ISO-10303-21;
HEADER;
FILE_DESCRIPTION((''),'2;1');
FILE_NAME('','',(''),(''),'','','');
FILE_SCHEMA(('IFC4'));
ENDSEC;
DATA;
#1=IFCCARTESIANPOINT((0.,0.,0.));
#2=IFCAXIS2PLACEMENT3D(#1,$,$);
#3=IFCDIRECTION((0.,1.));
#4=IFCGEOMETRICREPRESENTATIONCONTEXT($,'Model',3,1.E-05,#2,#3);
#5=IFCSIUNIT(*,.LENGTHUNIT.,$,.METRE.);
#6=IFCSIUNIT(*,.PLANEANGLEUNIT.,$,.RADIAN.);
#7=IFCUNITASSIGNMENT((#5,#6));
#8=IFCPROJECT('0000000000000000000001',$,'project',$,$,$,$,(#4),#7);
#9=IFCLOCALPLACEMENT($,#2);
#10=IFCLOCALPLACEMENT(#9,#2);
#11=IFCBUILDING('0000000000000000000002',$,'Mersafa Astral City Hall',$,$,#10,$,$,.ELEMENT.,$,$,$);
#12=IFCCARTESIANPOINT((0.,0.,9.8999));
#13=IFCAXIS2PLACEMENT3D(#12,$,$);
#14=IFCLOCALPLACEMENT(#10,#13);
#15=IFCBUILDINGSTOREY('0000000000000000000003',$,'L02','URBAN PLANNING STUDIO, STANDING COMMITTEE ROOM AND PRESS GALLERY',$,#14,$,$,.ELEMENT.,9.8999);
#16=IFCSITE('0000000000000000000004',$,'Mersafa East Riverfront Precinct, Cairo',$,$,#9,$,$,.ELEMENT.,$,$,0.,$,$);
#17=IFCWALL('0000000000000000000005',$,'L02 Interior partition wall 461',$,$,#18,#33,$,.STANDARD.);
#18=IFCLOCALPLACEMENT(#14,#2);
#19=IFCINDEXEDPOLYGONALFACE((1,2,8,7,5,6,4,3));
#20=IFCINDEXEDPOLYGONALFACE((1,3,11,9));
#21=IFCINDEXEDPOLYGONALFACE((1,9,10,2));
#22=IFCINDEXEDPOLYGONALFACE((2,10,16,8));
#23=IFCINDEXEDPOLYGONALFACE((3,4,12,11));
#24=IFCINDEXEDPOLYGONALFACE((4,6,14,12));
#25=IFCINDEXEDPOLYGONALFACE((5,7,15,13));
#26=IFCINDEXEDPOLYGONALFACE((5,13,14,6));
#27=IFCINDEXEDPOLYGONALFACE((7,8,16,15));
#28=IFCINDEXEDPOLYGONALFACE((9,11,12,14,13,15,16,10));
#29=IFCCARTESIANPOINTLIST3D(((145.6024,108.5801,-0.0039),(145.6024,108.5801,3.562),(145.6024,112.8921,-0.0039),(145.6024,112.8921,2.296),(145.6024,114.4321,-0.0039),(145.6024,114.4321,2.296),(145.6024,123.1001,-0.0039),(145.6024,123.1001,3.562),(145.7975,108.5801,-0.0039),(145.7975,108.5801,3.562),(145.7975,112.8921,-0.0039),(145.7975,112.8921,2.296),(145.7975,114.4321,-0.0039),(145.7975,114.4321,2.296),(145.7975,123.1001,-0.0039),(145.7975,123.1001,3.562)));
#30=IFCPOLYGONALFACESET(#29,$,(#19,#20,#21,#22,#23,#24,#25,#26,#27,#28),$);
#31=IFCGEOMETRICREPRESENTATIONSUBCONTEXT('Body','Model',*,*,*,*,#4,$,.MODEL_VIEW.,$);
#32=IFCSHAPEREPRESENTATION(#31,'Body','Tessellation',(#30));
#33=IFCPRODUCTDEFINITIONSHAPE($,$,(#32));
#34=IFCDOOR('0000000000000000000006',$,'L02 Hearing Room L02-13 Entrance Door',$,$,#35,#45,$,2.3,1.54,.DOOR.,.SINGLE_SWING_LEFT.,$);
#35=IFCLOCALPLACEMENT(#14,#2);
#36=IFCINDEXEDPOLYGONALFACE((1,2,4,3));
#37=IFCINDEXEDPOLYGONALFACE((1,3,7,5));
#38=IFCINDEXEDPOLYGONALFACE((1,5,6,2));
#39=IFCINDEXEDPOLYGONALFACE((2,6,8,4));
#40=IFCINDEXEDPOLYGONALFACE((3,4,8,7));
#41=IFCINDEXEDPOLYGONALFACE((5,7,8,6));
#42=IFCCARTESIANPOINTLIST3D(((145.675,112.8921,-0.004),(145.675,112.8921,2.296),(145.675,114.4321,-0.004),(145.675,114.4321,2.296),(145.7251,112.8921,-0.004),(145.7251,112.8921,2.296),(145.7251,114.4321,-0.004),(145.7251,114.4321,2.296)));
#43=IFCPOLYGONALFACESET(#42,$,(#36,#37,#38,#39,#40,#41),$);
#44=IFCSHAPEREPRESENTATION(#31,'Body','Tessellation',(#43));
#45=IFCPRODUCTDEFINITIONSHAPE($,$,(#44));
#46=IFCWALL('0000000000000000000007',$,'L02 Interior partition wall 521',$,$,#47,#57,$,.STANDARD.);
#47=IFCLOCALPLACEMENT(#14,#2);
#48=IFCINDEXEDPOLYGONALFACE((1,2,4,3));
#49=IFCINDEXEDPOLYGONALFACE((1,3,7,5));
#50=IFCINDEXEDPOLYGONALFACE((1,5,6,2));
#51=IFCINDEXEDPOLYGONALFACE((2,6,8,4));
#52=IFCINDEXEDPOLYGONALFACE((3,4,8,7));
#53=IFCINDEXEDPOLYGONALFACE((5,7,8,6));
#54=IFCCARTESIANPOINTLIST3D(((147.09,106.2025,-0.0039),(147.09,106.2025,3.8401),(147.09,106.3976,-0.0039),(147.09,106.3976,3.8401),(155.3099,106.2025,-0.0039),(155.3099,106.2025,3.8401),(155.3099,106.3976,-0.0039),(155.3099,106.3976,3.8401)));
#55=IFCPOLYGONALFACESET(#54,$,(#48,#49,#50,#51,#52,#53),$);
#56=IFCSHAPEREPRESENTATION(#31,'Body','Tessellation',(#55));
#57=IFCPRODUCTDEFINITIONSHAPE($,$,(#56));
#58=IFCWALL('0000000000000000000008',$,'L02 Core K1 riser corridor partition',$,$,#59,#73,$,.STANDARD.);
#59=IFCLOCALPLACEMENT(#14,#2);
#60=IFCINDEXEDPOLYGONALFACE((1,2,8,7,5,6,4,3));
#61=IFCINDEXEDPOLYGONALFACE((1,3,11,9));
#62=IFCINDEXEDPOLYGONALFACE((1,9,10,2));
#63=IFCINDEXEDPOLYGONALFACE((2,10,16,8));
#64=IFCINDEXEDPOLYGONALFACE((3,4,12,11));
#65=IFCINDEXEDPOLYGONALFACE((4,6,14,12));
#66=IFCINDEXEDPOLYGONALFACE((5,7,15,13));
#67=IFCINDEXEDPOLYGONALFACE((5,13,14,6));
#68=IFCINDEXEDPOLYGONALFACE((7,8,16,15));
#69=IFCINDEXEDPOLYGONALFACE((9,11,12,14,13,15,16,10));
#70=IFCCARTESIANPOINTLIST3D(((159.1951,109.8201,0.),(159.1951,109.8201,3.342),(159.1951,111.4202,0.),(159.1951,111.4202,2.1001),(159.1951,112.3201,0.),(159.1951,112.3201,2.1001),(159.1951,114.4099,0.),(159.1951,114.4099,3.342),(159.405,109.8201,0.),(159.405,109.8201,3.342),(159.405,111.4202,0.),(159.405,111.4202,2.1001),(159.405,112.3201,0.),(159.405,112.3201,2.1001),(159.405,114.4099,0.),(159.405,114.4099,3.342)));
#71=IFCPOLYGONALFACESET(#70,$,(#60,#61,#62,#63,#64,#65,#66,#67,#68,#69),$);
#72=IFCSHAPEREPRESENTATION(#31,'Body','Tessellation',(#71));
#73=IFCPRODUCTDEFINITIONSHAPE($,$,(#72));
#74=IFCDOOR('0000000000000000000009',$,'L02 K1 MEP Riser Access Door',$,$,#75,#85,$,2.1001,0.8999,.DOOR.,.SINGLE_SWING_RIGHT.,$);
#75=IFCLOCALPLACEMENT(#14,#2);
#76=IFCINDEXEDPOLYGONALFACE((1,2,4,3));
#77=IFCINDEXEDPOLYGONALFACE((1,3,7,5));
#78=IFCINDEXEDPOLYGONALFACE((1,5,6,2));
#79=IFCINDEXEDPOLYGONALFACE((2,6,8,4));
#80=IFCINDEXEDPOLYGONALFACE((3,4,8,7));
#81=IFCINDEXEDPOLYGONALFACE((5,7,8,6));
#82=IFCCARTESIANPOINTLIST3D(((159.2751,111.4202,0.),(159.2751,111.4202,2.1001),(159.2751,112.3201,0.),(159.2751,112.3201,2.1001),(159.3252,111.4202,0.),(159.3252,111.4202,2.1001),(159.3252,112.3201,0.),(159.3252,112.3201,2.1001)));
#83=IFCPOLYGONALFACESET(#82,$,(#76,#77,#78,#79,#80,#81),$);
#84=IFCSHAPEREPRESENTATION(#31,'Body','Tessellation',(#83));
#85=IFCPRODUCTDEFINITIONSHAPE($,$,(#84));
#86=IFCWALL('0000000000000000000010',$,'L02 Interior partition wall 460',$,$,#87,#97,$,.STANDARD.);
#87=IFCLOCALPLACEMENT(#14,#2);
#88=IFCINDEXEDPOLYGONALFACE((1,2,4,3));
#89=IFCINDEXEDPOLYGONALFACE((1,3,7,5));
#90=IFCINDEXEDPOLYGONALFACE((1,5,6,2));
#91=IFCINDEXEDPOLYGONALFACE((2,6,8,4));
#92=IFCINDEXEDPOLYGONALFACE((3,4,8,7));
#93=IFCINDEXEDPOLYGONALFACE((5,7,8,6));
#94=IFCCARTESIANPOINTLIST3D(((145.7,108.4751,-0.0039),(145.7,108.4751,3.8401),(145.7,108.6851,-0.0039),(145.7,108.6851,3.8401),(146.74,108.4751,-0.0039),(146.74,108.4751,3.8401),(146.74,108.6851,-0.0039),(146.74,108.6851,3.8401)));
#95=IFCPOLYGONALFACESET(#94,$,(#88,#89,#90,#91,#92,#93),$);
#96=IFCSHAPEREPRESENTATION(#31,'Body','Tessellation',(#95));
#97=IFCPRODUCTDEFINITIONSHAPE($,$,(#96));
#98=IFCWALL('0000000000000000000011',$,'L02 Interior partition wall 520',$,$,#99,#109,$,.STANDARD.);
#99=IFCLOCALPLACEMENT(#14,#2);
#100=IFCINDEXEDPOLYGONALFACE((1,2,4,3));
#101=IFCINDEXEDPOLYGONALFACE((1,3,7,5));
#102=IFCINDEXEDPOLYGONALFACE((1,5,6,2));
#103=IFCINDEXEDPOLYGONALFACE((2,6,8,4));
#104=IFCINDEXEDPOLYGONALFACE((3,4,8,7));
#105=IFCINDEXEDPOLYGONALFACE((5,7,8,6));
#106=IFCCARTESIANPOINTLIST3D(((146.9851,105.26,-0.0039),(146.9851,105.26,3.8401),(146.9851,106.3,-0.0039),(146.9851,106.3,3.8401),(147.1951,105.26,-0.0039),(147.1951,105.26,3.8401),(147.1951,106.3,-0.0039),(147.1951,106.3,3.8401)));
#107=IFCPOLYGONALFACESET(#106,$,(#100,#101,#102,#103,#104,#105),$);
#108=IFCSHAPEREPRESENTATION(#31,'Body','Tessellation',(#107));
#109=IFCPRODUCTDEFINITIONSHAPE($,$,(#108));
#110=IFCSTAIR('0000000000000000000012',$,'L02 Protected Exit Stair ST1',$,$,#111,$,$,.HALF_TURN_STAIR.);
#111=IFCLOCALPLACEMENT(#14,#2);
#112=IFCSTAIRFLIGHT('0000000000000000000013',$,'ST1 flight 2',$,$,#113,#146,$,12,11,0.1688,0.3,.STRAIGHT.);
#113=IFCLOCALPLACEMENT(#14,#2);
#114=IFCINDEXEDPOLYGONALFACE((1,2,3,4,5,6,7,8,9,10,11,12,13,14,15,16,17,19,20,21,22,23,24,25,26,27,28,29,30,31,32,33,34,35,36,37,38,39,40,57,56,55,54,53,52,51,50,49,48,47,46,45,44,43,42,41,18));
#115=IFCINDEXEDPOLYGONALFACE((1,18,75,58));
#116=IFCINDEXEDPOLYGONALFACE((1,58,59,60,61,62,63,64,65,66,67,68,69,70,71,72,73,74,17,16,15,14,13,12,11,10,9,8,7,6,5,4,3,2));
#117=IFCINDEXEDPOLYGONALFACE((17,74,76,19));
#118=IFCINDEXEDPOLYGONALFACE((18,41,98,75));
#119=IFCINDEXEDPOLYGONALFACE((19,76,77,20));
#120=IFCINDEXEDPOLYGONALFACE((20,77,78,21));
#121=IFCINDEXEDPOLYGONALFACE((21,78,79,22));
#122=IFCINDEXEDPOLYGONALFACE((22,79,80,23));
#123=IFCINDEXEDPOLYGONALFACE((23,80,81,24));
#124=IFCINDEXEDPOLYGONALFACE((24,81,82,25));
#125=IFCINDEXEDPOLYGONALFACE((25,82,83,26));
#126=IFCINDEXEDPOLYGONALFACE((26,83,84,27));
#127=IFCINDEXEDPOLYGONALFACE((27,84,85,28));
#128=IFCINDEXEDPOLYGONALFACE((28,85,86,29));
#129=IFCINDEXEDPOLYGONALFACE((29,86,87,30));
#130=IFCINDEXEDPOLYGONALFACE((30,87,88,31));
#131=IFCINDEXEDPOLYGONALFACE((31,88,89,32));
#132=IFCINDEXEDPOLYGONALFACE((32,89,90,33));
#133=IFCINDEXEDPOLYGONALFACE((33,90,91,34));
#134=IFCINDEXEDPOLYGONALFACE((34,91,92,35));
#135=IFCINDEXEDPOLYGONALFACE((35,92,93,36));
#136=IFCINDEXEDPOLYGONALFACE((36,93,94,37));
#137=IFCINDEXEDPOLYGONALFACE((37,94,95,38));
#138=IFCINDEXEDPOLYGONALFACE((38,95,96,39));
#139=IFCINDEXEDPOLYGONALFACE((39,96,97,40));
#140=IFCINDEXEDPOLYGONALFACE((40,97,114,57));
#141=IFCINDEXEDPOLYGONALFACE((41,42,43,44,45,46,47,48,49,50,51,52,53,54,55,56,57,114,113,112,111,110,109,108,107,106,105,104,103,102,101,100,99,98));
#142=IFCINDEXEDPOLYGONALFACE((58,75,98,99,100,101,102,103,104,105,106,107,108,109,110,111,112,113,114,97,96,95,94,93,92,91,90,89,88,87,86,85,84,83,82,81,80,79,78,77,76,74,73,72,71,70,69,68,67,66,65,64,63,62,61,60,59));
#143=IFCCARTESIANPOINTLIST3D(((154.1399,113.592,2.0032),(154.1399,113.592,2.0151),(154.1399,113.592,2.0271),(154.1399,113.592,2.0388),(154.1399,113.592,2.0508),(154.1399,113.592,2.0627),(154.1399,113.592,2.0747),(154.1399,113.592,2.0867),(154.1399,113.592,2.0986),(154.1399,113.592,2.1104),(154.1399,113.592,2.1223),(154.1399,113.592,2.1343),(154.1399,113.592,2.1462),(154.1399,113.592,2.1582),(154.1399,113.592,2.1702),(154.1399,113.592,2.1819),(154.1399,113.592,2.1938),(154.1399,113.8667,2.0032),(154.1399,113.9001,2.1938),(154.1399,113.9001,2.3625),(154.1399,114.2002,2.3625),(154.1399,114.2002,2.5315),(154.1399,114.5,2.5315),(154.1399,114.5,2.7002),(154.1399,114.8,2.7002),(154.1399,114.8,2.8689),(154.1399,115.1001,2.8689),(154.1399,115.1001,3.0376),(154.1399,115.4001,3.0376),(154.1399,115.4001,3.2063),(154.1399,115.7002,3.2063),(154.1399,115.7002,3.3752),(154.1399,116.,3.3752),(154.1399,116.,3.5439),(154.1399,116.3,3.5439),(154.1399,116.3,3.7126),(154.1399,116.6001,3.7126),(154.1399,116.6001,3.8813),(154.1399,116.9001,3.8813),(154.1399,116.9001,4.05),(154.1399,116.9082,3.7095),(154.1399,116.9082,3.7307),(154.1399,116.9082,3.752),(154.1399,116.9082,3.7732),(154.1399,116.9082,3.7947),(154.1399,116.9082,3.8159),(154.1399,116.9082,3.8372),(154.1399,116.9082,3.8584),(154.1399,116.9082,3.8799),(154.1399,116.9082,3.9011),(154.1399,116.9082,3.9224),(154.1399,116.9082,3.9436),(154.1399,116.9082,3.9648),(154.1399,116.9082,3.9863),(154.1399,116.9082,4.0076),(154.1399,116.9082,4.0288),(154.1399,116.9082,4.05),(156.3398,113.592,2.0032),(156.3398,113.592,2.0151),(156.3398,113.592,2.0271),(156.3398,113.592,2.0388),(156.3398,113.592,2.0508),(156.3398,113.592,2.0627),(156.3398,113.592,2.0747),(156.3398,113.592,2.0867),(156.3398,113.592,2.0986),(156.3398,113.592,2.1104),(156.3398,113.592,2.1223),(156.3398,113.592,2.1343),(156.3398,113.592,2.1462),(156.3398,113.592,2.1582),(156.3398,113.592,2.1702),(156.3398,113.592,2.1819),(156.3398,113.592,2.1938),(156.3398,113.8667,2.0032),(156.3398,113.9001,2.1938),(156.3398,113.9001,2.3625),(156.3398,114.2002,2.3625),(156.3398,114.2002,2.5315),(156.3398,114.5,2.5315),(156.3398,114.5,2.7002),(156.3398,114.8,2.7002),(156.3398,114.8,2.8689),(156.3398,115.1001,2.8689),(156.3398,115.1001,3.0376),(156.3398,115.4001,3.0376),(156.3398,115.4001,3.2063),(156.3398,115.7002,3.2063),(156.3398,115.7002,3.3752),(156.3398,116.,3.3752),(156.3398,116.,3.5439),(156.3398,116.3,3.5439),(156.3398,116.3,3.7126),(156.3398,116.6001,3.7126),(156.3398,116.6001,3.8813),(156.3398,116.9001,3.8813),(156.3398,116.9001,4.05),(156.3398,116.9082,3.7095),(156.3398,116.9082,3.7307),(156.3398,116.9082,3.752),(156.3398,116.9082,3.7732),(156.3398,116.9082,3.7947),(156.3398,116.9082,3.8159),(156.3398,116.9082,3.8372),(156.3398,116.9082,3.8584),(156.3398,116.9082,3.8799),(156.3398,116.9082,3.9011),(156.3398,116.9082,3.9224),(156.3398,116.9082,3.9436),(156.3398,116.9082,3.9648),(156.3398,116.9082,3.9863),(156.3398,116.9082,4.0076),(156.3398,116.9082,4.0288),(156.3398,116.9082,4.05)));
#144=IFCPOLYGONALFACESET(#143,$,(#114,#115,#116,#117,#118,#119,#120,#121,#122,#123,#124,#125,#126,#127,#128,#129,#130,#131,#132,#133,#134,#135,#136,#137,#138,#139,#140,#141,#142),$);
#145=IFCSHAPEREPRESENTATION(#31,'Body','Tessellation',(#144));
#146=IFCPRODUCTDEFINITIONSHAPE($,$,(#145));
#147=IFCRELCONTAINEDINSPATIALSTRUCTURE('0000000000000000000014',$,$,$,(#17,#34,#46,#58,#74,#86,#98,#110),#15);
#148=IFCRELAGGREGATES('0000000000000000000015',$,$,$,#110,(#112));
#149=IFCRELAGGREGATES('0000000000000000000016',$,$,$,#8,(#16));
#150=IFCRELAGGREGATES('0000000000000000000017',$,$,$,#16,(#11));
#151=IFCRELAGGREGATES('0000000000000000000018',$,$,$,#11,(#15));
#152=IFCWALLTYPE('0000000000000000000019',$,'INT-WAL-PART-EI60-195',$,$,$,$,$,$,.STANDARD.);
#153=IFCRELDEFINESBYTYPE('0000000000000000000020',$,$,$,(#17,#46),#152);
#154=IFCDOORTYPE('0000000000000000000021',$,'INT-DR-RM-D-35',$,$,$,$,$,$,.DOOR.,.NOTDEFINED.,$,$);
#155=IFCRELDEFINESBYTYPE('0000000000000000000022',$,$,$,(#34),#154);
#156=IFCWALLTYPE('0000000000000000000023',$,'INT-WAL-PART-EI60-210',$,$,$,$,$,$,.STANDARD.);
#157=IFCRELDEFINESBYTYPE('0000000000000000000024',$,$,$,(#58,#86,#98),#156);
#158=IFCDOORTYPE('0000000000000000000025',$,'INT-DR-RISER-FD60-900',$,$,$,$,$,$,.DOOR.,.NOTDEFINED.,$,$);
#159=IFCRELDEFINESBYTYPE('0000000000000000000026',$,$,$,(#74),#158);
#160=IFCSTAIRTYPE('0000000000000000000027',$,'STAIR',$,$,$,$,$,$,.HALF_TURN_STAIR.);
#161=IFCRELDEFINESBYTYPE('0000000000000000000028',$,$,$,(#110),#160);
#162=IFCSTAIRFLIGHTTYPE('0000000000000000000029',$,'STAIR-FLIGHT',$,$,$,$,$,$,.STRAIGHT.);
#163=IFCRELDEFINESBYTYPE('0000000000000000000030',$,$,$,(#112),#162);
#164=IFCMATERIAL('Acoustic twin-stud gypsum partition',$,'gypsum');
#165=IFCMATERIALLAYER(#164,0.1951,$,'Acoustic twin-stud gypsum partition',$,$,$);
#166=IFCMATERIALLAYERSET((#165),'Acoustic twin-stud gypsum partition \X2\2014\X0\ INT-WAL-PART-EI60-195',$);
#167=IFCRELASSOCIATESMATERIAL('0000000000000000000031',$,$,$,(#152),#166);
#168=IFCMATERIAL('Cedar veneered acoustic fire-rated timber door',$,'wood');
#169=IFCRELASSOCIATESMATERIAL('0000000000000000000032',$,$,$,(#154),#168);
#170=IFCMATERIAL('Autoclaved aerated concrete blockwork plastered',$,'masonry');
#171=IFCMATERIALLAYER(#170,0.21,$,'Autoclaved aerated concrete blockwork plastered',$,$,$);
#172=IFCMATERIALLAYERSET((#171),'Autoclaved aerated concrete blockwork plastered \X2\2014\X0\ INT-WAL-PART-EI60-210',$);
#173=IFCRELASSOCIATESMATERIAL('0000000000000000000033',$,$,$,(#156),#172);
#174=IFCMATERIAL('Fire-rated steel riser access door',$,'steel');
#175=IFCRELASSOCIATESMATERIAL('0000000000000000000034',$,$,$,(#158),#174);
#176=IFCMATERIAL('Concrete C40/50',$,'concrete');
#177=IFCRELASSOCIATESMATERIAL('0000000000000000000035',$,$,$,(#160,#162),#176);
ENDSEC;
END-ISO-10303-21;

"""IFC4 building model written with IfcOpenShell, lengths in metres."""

from ifc_helpers import new_model, si_unit, direction, frame, frame_2d, origin, place, context, subcontext, project, spatial, polyline, rectangle, outline, extrude, material, layer, layer_set, type_object, element, fill, aggregate, save


model = new_model("IFC4")

# Units and contexts
model_context = context("Model", 3, precision=1e-05, world=origin(), true_north=direction((0.0, 1.0)))
body_context = subcontext(model_context, "Body", "Model", "MODEL_VIEW")
ifc_project = project(units=[si_unit("LENGTHUNIT", "METRE"), si_unit("PLANEANGLEUNIT", "RADIAN")], contexts=[model_context])

# Site, building, storey
site_placement = place(None, origin())
site = spatial("IfcSite", under=ifc_project, at=site_placement, Name="Mersafa East Riverfront Precinct, Cairo", CompositionType="ELEMENT", RefElevation=0.0)
building_placement = place(site_placement, origin())
building = spatial("IfcBuilding", under=site, at=building_placement, Name="Mersafa Astral City Hall", CompositionType="ELEMENT")
storey_placement = place(building_placement, frame((0.0, 0.0, 9.8999)))
storey = spatial("IfcBuildingStorey", under=building, at=storey_placement, Name="L02", Description="URBAN PLANNING STUDIO, STANDING COMMITTEE ROOM AND PRESS GALLERY", CompositionType="ELEMENT", Elevation=9.8999)

# Shared definitions
ifc_material_1 = material(Name="Concrete C40/50", Category="concrete")

# Wall, opening, door
ifc_material_2 = material(Name="Acoustic twin-stud gypsum partition", Category="gypsum")
ifc_layer_1 = layer(ifc_material_2, 0.1951, Name="Acoustic twin-stud gypsum partition")
ifc_layer_set_1 = layer_set([ifc_layer_1], Name="Acoustic twin-stud gypsum partition — INT-WAL-PART-EI60-195")
wall_type_1 = type_object("IfcWallType", Name="INT-WAL-PART-EI60-195", PredefinedType="STANDARD", material=ifc_layer_set_1)
wall_1_placement = place(storey_placement, frame((145.7, 108.5801, -0.0039), z_axis=(0.0, 0.0, 1.0), x_axis=(0.0, 1.0, 0.0)))
wall_1 = element("IfcWall", 1, at=wall_1_placement, inside=storey, type_object=wall_type_1, Name="L02 Interior partition wall 461", PredefinedType="STANDARD", context=body_context, shape_type="SweptSolid", body=[
    extrude(rectangle(XDim=14.52, YDim=0.1951, at=frame_2d((7.26, 0.0))), origin(), (0.0, 0.0, 1.0), 3.5659),
])
opening_1_placement = place(wall_1_placement, frame((4.312, 0.0, 0.0)))
opening_1 = element("IfcOpeningElement", 2, at=opening_1_placement, cuts=wall_1, PredefinedType="OPENING", context=body_context, shape_type="SweptSolid", body=[
    extrude(rectangle(XDim=1.54, YDim=2.3, at=frame_2d((0.77, 1.1499))), frame((0.0, 0.1074, 0.0), z_axis=(0.0, -1.0, 0.0), x_axis=(1.0, 0.0, 0.0)), (0.0, 0.0, 1.0), 0.2151),
])
ifc_material_3 = material(Name="Cedar veneered acoustic fire-rated timber door", Category="wood")
door_type_1 = type_object("IfcDoorType", Name="INT-DR-RM-D-35", OperationType="NOTDEFINED", PredefinedType="DOOR", material=ifc_material_3)
door_1_placement = place(opening_1_placement, origin())
door_1 = element("IfcDoor", 3, at=door_1_placement, inside=storey, type_object=door_type_1, Name="L02 Hearing Room L02-13 Entrance Door", OperationType="SINGLE_SWING_LEFT", OverallHeight=2.3, OverallWidth=1.54, PredefinedType="DOOR", context=body_context, shape_type="SweptSolid", body=[
    extrude(rectangle(XDim=1.54, YDim=2.3, at=frame_2d((0.77, 1.1499))), frame((0.0, 0.0249, 0.0), z_axis=(0.0, -1.0, 0.0), x_axis=(1.0, 0.0, 0.0)), (0.0, 0.0, 1.0), 0.05),
])
fill(opening_1, door_1)

# Wall
wall_2_placement = place(storey_placement, frame((147.0901, 106.3, -0.0039), z_axis=(0.0, 0.0, 1.0), x_axis=(1.0, 0.0, 0.0)))
element("IfcWall", 4, at=wall_2_placement, inside=storey, type_object=wall_type_1, Name="L02 Interior partition wall 521", PredefinedType="STANDARD", context=body_context, shape_type="SweptSolid", body=[
    extrude(rectangle(XDim=8.22, YDim=0.1951, at=frame_2d((4.1099, 0.0))), origin(), (0.0, 0.0, 1.0), 3.844),
])

# Wall, opening, door
ifc_material_4 = material(Name="Autoclaved aerated concrete blockwork plastered", Category="masonry")
ifc_layer_2 = layer(ifc_material_4, 0.21, Name="Autoclaved aerated concrete blockwork plastered")
ifc_layer_set_2 = layer_set([ifc_layer_2], Name="Autoclaved aerated concrete blockwork plastered — INT-WAL-PART-EI60-210")
wall_type_2 = type_object("IfcWallType", Name="INT-WAL-PART-EI60-210", PredefinedType="STANDARD", material=ifc_layer_set_2)
wall_3_placement = place(storey_placement, frame((159.3, 109.8201, 0.0), z_axis=(0.0, 0.0, 1.0), x_axis=(0.0, 1.0, 0.0)))
wall_3 = element("IfcWall", 5, at=wall_3_placement, inside=storey, type_object=wall_type_2, Name="L02 Core K1 riser corridor partition", PredefinedType="STANDARD", context=body_context, shape_type="SweptSolid", body=[
    extrude(rectangle(XDim=4.5898, YDim=0.21, at=frame_2d((2.2949, 0.0))), origin(), (0.0, 0.0, 1.0), 3.342),
])
opening_2_placement = place(wall_3_placement, frame((1.6001, 0.0, 0.0)))
opening_2 = element("IfcOpeningElement", 6, at=opening_2_placement, cuts=wall_3, PredefinedType="OPENING", context=body_context, shape_type="SweptSolid", body=[
    extrude(rectangle(XDim=0.8999, YDim=2.1001, at=frame_2d((0.45, 1.05))), frame((0.0, 0.115, 0.0), z_axis=(0.0, -1.0, 0.0), x_axis=(1.0, 0.0, 0.0)), (0.0, 0.0, 1.0), 0.23),
])
ifc_material_5 = material(Name="Fire-rated steel riser access door", Category="steel")
door_type_2 = type_object("IfcDoorType", Name="INT-DR-RISER-FD60-900", OperationType="NOTDEFINED", PredefinedType="DOOR", material=ifc_material_5)
door_2_placement = place(opening_2_placement, origin())
door_2 = element("IfcDoor", 7, at=door_2_placement, inside=storey, type_object=door_type_2, Name="L02 K1 MEP Riser Access Door", OperationType="SINGLE_SWING_RIGHT", OverallHeight=2.1001, OverallWidth=0.8999, PredefinedType="DOOR", context=body_context, shape_type="SweptSolid", body=[
    extrude(rectangle(XDim=0.8999, YDim=2.1001, at=frame_2d((0.45, 1.05))), frame((0.0, 0.0249, 0.0), z_axis=(0.0, -1.0, 0.0), x_axis=(1.0, 0.0, 0.0)), (0.0, 0.0, 1.0), 0.05),
])
fill(opening_2, door_2)

# Walls
for number, where, z_axis, x_axis, name in (
    (8, (146.74, 108.5801, -0.0039), (0.0, 0.0, 1.0), (-1.0, 0.0, 0.0), "L02 Interior partition wall 460"),
    (9, (147.0901, 105.26, -0.0039), (0.0, 0.0, 1.0), (0.0, 1.0, 0.0), "L02 Interior partition wall 520"),
):
    element("IfcWall", number, at=place(storey_placement, frame(where, z_axis=z_axis, x_axis=x_axis)), inside=storey, type_object=wall_type_2, Name=name, PredefinedType="STANDARD", context=body_context, shape_type="SweptSolid", body=[
        extrude(rectangle(XDim=1.04, YDim=0.21, at=frame_2d((0.52, 0.0))), origin(), (0.0, 0.0, 1.0), 3.844),
    ])

# Stair, stair flight
stair_type = type_object("IfcStairType", Name="STAIR", PredefinedType="HALF_TURN_STAIR", material=ifc_material_1)
stair_placement = place(storey_placement, origin())
stair = element("IfcStair", 10, at=stair_placement, inside=storey, type_object=stair_type, Name="L02 Protected Exit Stair ST1", PredefinedType="HALF_TURN_STAIR")
stair_flight_type = type_object("IfcStairFlightType", Name="STAIR-FLIGHT", PredefinedType="STRAIGHT", material=ifc_material_1)
stair_flight_placement = place(storey_placement, frame((155.24, 113.6001, 2.0251), z_axis=(0.0, 0.0, 1.0), x_axis=(0.0, 1.0, 0.0)))
stair_flight = element("IfcStairFlight", 11, at=stair_flight_placement, type_object=stair_flight_type, Name="ST1 flight 2", NumberOfRisers=12, NumberOfTreads=11, PredefinedType="STRAIGHT", RiserHeight=0.1688, TreadLength=0.3, context=body_context, shape_type="SweptSolid", body=[
    extrude(outline(polyline([(-0.0081, -0.022), (-0.0081, -0.01), (-0.0081, 0.002), (-0.0081, 0.0137), (-0.0081, 0.0256), (-0.0081, 0.0376), (-0.0081, 0.0496), (-0.0081, 0.0615), (-0.0081, 0.0735), (-0.0081, 0.0852), (-0.0081, 0.0972), (-0.0081, 0.1091), (-0.0081, 0.1211), (-0.0081, 0.1331), (-0.0081, 0.145), (-0.0081, 0.1567), (-0.0081, 0.1687), (0.3, 0.1687), (0.3, 0.3374), (0.6001, 0.3374), (0.6001, 0.5063), (0.8999, 0.5063), (0.8999, 0.675), (1.2, 0.675), (1.2, 0.8438), (1.5, 0.8438), (1.5, 1.0125), (1.8, 1.0125), (1.8, 1.1812), (2.1001, 1.1812), (2.1001, 1.3501), (2.3999, 1.3501), (2.3999, 1.5188), (2.7, 1.5188), (2.7, 1.6875), (3.0, 1.6875), (3.0, 1.8562), (3.3, 1.8562), (3.3, 2.0249), (3.3081, 2.0249), (3.3081, 2.0037), (3.3081, 1.9824), (3.3081, 1.9612), (3.3081, 1.9397), (3.3081, 1.9185), (3.3081, 1.8972), (3.3081, 1.876), (3.3081, 1.8547), (3.3081, 1.8333), (3.3081, 1.812), (3.3081, 1.7908), (3.3081, 1.7695), (3.3081, 1.748), (3.3081, 1.7268), (3.3081, 1.7056), (3.3081, 1.6843), (0.2666, -0.022), (-0.0081, -0.022)])), frame((0.0, 1.1001, 0.0), z_axis=(0.0, -1.0, 0.0), x_axis=(1.0, 0.0, 0.0)), (0.0, 0.0, 1.0), 2.2),
])
aggregate(stair, [stair_flight])

save(model, "model.ifc")
